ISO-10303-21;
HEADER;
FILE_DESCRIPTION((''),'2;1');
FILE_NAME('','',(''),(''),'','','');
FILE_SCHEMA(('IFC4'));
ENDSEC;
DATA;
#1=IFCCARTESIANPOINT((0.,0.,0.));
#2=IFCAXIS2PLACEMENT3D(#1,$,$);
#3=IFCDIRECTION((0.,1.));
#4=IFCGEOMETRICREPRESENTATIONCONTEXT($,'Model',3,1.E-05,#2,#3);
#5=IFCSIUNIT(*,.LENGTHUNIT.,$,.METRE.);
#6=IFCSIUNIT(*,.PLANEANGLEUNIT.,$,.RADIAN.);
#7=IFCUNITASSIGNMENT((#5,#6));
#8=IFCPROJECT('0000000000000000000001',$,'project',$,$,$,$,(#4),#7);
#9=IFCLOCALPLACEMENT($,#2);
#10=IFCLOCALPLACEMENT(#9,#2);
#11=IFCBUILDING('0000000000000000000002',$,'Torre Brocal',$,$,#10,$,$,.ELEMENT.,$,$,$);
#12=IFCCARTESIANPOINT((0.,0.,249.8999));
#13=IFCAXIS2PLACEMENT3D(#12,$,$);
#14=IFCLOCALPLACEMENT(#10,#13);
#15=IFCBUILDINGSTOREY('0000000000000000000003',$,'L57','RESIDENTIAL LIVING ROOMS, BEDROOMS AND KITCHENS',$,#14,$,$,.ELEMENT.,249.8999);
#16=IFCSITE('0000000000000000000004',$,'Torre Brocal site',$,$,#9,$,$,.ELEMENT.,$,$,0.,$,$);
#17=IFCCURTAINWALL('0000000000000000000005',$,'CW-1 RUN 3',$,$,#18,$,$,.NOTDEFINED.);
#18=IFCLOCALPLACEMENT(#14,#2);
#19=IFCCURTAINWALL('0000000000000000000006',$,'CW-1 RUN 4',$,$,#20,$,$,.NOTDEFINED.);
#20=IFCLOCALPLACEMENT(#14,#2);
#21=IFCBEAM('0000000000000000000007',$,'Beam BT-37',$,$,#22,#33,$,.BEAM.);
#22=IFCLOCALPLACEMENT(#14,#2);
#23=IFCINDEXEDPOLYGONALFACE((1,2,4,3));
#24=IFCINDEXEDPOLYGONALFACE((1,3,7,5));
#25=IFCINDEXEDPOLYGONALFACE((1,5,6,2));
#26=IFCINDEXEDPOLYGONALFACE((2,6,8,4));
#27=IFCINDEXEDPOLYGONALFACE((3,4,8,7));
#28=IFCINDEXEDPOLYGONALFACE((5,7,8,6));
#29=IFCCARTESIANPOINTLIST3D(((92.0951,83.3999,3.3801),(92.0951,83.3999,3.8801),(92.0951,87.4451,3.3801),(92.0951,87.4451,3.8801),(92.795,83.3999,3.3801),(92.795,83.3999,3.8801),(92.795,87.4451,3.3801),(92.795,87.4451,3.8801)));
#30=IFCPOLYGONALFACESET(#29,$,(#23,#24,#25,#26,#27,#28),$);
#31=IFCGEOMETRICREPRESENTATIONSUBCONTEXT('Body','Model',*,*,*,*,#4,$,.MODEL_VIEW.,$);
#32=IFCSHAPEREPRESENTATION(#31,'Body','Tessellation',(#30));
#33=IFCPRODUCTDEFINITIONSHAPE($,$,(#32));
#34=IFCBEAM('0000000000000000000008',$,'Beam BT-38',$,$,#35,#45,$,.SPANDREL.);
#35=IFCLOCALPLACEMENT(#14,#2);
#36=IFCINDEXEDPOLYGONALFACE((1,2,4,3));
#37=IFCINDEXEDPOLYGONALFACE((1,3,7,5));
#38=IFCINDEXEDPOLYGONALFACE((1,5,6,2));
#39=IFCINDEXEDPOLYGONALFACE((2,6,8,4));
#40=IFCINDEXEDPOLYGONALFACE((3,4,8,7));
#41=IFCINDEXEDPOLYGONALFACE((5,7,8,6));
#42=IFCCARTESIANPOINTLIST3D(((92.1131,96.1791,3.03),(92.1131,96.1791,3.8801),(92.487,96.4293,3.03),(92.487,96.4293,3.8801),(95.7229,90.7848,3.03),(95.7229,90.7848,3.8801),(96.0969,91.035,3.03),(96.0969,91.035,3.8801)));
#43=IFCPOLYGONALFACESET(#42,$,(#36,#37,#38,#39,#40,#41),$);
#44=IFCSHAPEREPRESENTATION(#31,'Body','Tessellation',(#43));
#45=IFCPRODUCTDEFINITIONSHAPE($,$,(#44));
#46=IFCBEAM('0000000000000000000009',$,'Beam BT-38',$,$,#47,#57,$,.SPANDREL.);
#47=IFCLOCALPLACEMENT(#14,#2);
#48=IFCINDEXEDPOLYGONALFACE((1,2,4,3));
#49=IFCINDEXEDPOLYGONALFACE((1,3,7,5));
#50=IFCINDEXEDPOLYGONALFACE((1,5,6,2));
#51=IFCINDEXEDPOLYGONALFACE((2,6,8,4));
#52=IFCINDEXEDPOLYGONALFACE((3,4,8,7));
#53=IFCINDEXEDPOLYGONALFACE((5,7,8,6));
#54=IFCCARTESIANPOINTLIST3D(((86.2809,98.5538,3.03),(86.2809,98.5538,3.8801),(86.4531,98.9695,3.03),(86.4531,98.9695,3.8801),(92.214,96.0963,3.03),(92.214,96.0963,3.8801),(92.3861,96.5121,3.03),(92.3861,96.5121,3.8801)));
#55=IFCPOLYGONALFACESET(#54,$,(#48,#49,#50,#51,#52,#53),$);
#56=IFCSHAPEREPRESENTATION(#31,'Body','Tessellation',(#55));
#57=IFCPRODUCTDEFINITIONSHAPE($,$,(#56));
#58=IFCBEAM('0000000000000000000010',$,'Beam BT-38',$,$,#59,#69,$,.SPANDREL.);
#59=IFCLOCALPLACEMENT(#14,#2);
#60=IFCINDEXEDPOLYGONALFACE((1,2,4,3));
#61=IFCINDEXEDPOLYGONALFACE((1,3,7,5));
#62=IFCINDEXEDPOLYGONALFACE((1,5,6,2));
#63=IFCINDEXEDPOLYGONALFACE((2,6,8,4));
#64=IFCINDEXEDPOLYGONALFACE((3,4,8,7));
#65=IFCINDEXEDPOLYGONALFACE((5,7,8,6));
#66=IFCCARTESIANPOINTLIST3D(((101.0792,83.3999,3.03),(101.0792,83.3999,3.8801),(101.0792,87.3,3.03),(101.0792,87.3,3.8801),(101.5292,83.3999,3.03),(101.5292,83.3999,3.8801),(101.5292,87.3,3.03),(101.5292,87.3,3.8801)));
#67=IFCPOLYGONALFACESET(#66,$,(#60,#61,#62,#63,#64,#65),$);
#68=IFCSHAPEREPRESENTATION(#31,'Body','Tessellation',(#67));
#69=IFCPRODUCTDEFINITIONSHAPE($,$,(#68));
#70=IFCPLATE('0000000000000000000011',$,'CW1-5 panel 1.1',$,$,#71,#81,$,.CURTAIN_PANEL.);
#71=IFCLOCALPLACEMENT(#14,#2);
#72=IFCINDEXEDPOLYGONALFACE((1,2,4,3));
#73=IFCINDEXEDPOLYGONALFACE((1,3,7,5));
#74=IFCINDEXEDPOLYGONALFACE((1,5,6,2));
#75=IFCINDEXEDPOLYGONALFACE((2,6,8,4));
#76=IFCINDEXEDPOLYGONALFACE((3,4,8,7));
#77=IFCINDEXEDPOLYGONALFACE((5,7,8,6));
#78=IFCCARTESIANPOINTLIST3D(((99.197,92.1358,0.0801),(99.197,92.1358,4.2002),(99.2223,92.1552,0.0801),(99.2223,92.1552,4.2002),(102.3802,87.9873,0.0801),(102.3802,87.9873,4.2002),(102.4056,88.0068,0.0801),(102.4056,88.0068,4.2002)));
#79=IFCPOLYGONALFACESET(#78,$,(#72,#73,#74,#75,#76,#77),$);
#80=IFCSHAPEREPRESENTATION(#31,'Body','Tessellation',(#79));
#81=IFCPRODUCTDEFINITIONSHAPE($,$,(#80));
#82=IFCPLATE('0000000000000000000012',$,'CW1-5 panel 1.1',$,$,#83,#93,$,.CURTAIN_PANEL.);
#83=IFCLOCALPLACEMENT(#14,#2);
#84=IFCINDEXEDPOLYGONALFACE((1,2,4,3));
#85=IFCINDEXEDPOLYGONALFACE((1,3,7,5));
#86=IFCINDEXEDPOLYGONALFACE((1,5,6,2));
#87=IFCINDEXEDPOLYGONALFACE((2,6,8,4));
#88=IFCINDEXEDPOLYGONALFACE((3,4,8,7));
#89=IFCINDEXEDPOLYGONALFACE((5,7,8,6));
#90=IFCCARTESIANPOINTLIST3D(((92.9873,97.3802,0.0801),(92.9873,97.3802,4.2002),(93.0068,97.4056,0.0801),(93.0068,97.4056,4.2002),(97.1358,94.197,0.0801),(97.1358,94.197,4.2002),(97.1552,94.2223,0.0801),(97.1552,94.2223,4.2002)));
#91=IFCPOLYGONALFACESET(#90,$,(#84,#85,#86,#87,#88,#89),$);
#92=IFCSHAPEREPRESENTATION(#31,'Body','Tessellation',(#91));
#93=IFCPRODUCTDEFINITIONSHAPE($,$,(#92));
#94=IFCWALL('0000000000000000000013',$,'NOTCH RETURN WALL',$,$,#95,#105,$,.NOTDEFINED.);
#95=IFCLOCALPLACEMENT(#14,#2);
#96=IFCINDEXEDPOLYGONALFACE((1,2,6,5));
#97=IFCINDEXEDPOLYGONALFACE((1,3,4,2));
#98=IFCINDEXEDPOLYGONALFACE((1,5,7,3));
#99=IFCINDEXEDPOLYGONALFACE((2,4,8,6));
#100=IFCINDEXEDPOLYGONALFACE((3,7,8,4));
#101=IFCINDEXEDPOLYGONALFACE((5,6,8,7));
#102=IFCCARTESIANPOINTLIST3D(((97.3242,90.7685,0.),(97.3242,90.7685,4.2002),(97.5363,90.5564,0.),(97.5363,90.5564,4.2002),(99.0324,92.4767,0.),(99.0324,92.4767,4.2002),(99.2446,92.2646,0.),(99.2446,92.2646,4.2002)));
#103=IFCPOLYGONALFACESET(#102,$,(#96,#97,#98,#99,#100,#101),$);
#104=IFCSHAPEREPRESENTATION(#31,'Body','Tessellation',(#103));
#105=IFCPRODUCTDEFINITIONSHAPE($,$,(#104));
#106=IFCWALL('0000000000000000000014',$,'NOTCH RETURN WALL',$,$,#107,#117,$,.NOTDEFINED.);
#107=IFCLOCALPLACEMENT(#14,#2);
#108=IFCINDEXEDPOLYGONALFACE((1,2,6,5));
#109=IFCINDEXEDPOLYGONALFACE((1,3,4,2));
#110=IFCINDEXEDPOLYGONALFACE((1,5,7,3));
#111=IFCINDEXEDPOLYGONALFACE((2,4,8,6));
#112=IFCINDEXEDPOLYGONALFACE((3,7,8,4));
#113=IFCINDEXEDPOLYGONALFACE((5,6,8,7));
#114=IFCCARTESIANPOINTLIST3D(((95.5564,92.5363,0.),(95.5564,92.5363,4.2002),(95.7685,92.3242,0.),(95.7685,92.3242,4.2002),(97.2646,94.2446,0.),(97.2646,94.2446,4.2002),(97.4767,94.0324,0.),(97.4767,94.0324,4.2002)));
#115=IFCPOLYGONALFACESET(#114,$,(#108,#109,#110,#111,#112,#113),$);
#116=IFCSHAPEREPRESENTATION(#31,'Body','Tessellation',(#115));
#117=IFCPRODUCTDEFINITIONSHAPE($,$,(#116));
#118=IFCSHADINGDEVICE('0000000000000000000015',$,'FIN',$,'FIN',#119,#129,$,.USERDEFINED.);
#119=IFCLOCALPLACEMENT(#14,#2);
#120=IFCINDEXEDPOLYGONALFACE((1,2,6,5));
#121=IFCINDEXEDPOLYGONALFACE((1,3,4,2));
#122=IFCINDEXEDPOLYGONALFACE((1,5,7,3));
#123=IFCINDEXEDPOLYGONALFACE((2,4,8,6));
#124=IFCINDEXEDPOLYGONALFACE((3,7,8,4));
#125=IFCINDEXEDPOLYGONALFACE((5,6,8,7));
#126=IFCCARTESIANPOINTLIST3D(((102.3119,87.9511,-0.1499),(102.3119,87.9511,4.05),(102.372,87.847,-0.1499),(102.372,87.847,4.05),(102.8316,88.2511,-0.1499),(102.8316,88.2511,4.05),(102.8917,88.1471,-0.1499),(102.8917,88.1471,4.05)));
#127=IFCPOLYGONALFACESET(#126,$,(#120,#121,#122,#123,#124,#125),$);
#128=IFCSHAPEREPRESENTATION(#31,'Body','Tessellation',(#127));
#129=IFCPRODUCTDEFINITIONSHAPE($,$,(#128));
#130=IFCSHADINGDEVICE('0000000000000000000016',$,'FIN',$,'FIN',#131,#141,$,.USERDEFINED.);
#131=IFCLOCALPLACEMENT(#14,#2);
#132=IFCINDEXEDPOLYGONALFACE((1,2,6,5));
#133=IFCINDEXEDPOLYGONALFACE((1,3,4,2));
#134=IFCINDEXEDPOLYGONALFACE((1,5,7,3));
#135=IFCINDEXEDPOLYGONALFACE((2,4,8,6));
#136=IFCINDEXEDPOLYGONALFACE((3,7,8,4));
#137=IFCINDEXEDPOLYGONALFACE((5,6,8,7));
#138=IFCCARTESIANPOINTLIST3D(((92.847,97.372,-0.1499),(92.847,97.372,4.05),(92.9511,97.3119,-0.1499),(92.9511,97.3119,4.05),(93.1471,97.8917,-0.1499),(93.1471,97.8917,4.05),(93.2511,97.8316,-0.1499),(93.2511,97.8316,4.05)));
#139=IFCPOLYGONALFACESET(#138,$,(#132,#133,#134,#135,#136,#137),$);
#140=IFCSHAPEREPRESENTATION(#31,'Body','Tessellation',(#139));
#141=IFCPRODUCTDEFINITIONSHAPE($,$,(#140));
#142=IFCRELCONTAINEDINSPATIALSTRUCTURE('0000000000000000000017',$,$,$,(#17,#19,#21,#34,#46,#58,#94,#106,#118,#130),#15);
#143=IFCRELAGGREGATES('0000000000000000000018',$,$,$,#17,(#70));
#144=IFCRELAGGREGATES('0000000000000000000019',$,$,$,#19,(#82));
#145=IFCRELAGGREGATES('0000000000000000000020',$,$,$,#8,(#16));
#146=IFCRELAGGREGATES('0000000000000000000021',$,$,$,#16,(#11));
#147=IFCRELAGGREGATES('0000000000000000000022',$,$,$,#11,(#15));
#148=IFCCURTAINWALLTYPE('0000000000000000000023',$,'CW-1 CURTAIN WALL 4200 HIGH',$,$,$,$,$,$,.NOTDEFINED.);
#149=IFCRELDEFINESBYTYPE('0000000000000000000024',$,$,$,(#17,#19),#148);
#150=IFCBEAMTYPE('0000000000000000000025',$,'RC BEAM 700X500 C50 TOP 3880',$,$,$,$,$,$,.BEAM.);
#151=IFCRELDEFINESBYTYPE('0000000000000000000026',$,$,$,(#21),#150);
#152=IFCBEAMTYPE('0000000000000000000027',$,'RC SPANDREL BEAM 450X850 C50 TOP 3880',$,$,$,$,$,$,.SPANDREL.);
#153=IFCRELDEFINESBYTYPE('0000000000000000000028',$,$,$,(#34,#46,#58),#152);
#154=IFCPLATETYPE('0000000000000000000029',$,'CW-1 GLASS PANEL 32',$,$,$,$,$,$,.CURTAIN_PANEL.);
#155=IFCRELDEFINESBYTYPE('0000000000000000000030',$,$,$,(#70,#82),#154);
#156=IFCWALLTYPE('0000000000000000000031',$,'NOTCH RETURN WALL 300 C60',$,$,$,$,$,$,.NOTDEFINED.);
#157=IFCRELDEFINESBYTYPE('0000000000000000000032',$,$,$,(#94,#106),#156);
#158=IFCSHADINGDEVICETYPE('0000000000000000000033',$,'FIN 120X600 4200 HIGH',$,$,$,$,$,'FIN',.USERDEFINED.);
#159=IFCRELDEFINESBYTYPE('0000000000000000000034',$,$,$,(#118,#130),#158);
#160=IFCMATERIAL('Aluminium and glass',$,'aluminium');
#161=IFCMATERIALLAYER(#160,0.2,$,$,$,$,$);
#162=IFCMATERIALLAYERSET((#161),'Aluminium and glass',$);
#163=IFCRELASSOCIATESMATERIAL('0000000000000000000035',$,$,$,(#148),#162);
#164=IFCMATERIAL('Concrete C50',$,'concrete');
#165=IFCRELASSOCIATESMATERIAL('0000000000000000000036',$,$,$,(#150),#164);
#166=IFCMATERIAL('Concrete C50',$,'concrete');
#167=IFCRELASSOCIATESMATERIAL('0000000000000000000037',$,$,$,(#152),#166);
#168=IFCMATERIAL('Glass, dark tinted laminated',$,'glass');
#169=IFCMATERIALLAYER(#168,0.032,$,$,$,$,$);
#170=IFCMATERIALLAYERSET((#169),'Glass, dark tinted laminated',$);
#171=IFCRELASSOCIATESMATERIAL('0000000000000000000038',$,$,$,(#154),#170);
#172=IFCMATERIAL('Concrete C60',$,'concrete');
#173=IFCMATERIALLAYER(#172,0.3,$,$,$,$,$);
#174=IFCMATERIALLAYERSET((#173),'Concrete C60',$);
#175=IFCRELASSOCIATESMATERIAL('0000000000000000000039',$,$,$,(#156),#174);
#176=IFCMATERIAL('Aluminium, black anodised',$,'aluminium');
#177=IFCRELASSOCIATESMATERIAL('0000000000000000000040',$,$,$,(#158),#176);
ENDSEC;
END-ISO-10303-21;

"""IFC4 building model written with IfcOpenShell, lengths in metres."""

from ifc_helpers import new_model, si_unit, direction, frame, frame_2d, origin, origin_2d, place, context, subcontext, project, spatial, rectangle, extrude, material, layer, layer_set, material_profile, profile_set, type_object, element, aggregate, save


model = new_model("IFC4")

# Units and contexts
model_context = context("Model", 3, precision=1e-05, world=origin(), true_north=direction((0.0, 1.0)))
body_context = subcontext(model_context, "Body", "Model", "MODEL_VIEW")
ifc_project = project(units=[si_unit("LENGTHUNIT", "METRE"), si_unit("PLANEANGLEUNIT", "RADIAN")], contexts=[model_context])

# Site, building, storey
site_placement = place(None, origin())
site = spatial("IfcSite", under=ifc_project, at=site_placement, Name="Torre Brocal site", CompositionType="ELEMENT", RefElevation=0.0)
building_placement = place(site_placement, origin())
building = spatial("IfcBuilding", under=site, at=building_placement, Name="Torre Brocal", CompositionType="ELEMENT")
storey_placement = place(building_placement, frame((0.0, 0.0, 249.8999)))
storey = spatial("IfcBuildingStorey", under=building, at=storey_placement, Name="L57", Description="RESIDENTIAL LIVING ROOMS, BEDROOMS AND KITCHENS", CompositionType="ELEMENT", Elevation=249.8999)

# Shared definitions
ifc_material_1 = material(Name="Aluminium and glass", Category="aluminium")
ifc_layer_1 = layer(ifc_material_1, 0.2)
ifc_layer_set_1 = layer_set([ifc_layer_1], Name="Aluminium and glass")
curtain_wall_type = type_object("IfcCurtainWallType", Name="CW-1 CURTAIN WALL 4200 HIGH", PredefinedType="NOTDEFINED", material=ifc_layer_set_1)

# Curtain walls
curtain_wall_1_placement = place(storey_placement, origin())
curtain_wall_1 = element("IfcCurtainWall", 1, at=curtain_wall_1_placement, inside=storey, type_object=curtain_wall_type, Name="CW-1 RUN 3", PredefinedType="NOTDEFINED")
curtain_wall_2_placement = place(storey_placement, origin())
curtain_wall_2 = element("IfcCurtainWall", 2, at=curtain_wall_2_placement, inside=storey, type_object=curtain_wall_type, Name="CW-1 RUN 4", PredefinedType="NOTDEFINED")

# Beams
ifc_material_2 = material(Name="Concrete C50", Category="concrete")
ifc_material_profile_1 = material_profile(ifc_material_2, rectangle(XDim=0.7, YDim=0.5, at=origin_2d()), Name="RC 700X500")
ifc_profile_set_1 = profile_set([ifc_material_profile_1], Name="Concrete C50")
beam_type_1 = type_object("IfcBeamType", Name="RC BEAM 700X500 C50 TOP 3880", PredefinedType="BEAM", material=ifc_profile_set_1)
beam_1_placement = place(storey_placement, frame((92.4451, 87.4451, 3.6301), z_axis=(0.0, -1.0, 0.0), x_axis=(1.0, 0.0, 0.0)))
element("IfcBeam", 3, at=beam_1_placement, inside=storey, type_object=beam_type_1, Name="Beam BT-37", PredefinedType="BEAM", context=body_context, shape_type="SweptSolid", body=[
    extrude(rectangle(XDim=0.7, YDim=0.5, at=origin_2d()), origin(), (0.0, 0.0, 1.0), 4.0452),
])
ifc_material_3 = material(Name="Concrete C50", Category="concrete")
ifc_material_profile_2 = material_profile(ifc_material_3, rectangle(XDim=0.45, YDim=0.8501, at=origin_2d()), Name="RC 450X850")
ifc_profile_set_2 = profile_set([ifc_material_profile_2], Name="Concrete C50")
beam_type_2 = type_object("IfcBeamType", Name="RC SPANDREL BEAM 450X850 C50 TOP 3880", PredefinedType="SPANDREL", material=ifc_profile_set_2)
beam_2_placement = place(storey_placement, frame((95.9099, 90.9099, 3.4551), z_axis=(-0.556158, 0.831077, 0.0), x_axis=(-0.831077, -0.556158, 0.0)))
element("IfcBeam", 4, at=beam_2_placement, inside=storey, type_object=beam_type_2, Name="Beam BT-38", PredefinedType="SPANDREL", context=body_context, shape_type="SweptSolid", body=[
    extrude(rectangle(XDim=0.45, YDim=0.8501, at=origin_2d()), origin(), (0.0, 0.0, 1.0), 6.4907),
])
beam_3_placement = place(storey_placement, frame((92.3, 96.3042, 3.4551), z_axis=(-0.923882, 0.382676, 0.0), x_axis=(-0.382676, -0.923882, 0.0)))
element("IfcBeam", 5, at=beam_3_placement, inside=storey, type_object=beam_type_2, Name="Beam BT-38", PredefinedType="SPANDREL", context=body_context, shape_type="SweptSolid", body=[
    extrude(rectangle(XDim=0.45, YDim=0.8501, at=origin_2d()), origin(), (0.0, 0.0, 1.0), 6.4219),
])
beam_4_placement = place(storey_placement, frame((101.3042, 87.3, 3.4551), z_axis=(0.0, -1.0, 0.0), x_axis=(1.0, 0.0, 0.0)))
element("IfcBeam", 6, at=beam_4_placement, inside=storey, type_object=beam_type_2, Name="Beam BT-38", PredefinedType="SPANDREL", context=body_context, shape_type="SweptSolid", body=[
    extrude(rectangle(XDim=0.45, YDim=0.8501, at=origin_2d()), origin(), (0.0, 0.0, 1.0), 3.9001),
])

# Plates
ifc_material_4 = material(Name="Glass, dark tinted laminated", Category="glass")
ifc_layer_2 = layer(ifc_material_4, 0.032)
ifc_layer_set_2 = layer_set([ifc_layer_2], Name="Glass, dark tinted laminated")
plate_type = type_object("IfcPlateType", Name="CW-1 GLASS PANEL 32", PredefinedType="CURTAIN_PANEL", material=ifc_layer_set_2)
plate_1_placement = place(storey_placement, frame((100.8013, 90.0713, 0.0801), z_axis=(0.0, 0.0, 1.0), x_axis=(-0.608761, 0.793353, 0.0)))
plate_1 = element("IfcPlate", 7, at=plate_1_placement, type_object=plate_type, Name="CW1-5 panel 1.1", PredefinedType="CURTAIN_PANEL", context=body_context, shape_type="SweptSolid", body=[
    extrude(rectangle(XDim=5.229, YDim=0.032, at=origin_2d()), origin(), (0.0, 0.0, 1.0), 4.1201),
])
aggregate(curtain_wall_1, [plate_1])
plate_2_placement = place(storey_placement, frame((95.0713, 95.8013, 0.0801), z_axis=(0.0, 0.0, 1.0), x_axis=(-0.793353, 0.608761, 0.0)))
plate_2 = element("IfcPlate", 8, at=plate_2_placement, type_object=plate_type, Name="CW1-5 panel 1.1", PredefinedType="CURTAIN_PANEL", context=body_context, shape_type="SweptSolid", body=[
    extrude(rectangle(XDim=5.229, YDim=0.032, at=origin_2d()), origin(), (0.0, 0.0, 1.0), 4.1201),
])
aggregate(curtain_wall_2, [plate_2])

# Walls
ifc_material_5 = material(Name="Concrete C60", Category="concrete")
ifc_layer_3 = layer(ifc_material_5, 0.3)
ifc_layer_set_3 = layer_set([ifc_layer_3], Name="Concrete C60")
wall_type = type_object("IfcWallType", Name="NOTCH RETURN WALL 300 C60", PredefinedType="NOTDEFINED", material=ifc_layer_set_3)
for number, where, z_axis, x_axis, name in (
    (9, (97.4302, 90.6624, 0.0), (0.0, 0.0, 1.0), (0.707107, 0.707107, 0.0), "NOTCH RETURN WALL"),
    (10, (95.6624, 92.4302, 0.0), (0.0, 0.0, 1.0), (0.707107, 0.707107, 0.0), "NOTCH RETURN WALL"),
):
    element("IfcWall", number, at=place(storey_placement, frame(where, z_axis=z_axis, x_axis=x_axis)), inside=storey, type_object=wall_type, Name=name, PredefinedType="NOTDEFINED", context=body_context, shape_type="SweptSolid", body=[
        extrude(rectangle(XDim=2.4158, YDim=0.3, at=frame_2d((1.208, 0.0))), origin(), (0.0, 0.0, 1.0), 4.2002),
    ])

# Shading devices
ifc_material_6 = material(Name="Aluminium, black anodised", Category="aluminium")
ifc_material_profile_3 = material_profile(ifc_material_6, rectangle(XDim=0.1201, YDim=0.6001, at=origin_2d()), Name="FIN 120X600 4200 HIGH")
ifc_profile_set_3 = profile_set([ifc_material_profile_3], Name="Aluminium, black anodised")
shading_device_type = type_object("IfcShadingDeviceType", Name="FIN 120X600 4200 HIGH", ElementType="FIN", PredefinedType="USERDEFINED", material=ifc_profile_set_3)
for number, where, z_axis, x_axis, name in (
    (11, (102.6018, 88.0491, -0.1499), (0.0, 0.0, 1.0), (-0.5, 0.866025, 0.0), "FIN"),
    (12, (93.0491, 97.6018, -0.1499), (0.0, 0.0, 1.0), (-0.866025, 0.5, 0.0), "FIN"),
):
    element("IfcShadingDevice", number, at=place(storey_placement, frame(where, z_axis=z_axis, x_axis=x_axis)), inside=storey, type_object=shading_device_type, Name=name, ObjectType="FIN", PredefinedType="USERDEFINED", context=body_context, shape_type="SweptSolid", body=[
        extrude(rectangle(XDim=0.1201, YDim=0.6001, at=origin_2d()), origin(), (0.0, 0.0, 1.0), 4.2),
    ])

save(model, "model.ifc")
